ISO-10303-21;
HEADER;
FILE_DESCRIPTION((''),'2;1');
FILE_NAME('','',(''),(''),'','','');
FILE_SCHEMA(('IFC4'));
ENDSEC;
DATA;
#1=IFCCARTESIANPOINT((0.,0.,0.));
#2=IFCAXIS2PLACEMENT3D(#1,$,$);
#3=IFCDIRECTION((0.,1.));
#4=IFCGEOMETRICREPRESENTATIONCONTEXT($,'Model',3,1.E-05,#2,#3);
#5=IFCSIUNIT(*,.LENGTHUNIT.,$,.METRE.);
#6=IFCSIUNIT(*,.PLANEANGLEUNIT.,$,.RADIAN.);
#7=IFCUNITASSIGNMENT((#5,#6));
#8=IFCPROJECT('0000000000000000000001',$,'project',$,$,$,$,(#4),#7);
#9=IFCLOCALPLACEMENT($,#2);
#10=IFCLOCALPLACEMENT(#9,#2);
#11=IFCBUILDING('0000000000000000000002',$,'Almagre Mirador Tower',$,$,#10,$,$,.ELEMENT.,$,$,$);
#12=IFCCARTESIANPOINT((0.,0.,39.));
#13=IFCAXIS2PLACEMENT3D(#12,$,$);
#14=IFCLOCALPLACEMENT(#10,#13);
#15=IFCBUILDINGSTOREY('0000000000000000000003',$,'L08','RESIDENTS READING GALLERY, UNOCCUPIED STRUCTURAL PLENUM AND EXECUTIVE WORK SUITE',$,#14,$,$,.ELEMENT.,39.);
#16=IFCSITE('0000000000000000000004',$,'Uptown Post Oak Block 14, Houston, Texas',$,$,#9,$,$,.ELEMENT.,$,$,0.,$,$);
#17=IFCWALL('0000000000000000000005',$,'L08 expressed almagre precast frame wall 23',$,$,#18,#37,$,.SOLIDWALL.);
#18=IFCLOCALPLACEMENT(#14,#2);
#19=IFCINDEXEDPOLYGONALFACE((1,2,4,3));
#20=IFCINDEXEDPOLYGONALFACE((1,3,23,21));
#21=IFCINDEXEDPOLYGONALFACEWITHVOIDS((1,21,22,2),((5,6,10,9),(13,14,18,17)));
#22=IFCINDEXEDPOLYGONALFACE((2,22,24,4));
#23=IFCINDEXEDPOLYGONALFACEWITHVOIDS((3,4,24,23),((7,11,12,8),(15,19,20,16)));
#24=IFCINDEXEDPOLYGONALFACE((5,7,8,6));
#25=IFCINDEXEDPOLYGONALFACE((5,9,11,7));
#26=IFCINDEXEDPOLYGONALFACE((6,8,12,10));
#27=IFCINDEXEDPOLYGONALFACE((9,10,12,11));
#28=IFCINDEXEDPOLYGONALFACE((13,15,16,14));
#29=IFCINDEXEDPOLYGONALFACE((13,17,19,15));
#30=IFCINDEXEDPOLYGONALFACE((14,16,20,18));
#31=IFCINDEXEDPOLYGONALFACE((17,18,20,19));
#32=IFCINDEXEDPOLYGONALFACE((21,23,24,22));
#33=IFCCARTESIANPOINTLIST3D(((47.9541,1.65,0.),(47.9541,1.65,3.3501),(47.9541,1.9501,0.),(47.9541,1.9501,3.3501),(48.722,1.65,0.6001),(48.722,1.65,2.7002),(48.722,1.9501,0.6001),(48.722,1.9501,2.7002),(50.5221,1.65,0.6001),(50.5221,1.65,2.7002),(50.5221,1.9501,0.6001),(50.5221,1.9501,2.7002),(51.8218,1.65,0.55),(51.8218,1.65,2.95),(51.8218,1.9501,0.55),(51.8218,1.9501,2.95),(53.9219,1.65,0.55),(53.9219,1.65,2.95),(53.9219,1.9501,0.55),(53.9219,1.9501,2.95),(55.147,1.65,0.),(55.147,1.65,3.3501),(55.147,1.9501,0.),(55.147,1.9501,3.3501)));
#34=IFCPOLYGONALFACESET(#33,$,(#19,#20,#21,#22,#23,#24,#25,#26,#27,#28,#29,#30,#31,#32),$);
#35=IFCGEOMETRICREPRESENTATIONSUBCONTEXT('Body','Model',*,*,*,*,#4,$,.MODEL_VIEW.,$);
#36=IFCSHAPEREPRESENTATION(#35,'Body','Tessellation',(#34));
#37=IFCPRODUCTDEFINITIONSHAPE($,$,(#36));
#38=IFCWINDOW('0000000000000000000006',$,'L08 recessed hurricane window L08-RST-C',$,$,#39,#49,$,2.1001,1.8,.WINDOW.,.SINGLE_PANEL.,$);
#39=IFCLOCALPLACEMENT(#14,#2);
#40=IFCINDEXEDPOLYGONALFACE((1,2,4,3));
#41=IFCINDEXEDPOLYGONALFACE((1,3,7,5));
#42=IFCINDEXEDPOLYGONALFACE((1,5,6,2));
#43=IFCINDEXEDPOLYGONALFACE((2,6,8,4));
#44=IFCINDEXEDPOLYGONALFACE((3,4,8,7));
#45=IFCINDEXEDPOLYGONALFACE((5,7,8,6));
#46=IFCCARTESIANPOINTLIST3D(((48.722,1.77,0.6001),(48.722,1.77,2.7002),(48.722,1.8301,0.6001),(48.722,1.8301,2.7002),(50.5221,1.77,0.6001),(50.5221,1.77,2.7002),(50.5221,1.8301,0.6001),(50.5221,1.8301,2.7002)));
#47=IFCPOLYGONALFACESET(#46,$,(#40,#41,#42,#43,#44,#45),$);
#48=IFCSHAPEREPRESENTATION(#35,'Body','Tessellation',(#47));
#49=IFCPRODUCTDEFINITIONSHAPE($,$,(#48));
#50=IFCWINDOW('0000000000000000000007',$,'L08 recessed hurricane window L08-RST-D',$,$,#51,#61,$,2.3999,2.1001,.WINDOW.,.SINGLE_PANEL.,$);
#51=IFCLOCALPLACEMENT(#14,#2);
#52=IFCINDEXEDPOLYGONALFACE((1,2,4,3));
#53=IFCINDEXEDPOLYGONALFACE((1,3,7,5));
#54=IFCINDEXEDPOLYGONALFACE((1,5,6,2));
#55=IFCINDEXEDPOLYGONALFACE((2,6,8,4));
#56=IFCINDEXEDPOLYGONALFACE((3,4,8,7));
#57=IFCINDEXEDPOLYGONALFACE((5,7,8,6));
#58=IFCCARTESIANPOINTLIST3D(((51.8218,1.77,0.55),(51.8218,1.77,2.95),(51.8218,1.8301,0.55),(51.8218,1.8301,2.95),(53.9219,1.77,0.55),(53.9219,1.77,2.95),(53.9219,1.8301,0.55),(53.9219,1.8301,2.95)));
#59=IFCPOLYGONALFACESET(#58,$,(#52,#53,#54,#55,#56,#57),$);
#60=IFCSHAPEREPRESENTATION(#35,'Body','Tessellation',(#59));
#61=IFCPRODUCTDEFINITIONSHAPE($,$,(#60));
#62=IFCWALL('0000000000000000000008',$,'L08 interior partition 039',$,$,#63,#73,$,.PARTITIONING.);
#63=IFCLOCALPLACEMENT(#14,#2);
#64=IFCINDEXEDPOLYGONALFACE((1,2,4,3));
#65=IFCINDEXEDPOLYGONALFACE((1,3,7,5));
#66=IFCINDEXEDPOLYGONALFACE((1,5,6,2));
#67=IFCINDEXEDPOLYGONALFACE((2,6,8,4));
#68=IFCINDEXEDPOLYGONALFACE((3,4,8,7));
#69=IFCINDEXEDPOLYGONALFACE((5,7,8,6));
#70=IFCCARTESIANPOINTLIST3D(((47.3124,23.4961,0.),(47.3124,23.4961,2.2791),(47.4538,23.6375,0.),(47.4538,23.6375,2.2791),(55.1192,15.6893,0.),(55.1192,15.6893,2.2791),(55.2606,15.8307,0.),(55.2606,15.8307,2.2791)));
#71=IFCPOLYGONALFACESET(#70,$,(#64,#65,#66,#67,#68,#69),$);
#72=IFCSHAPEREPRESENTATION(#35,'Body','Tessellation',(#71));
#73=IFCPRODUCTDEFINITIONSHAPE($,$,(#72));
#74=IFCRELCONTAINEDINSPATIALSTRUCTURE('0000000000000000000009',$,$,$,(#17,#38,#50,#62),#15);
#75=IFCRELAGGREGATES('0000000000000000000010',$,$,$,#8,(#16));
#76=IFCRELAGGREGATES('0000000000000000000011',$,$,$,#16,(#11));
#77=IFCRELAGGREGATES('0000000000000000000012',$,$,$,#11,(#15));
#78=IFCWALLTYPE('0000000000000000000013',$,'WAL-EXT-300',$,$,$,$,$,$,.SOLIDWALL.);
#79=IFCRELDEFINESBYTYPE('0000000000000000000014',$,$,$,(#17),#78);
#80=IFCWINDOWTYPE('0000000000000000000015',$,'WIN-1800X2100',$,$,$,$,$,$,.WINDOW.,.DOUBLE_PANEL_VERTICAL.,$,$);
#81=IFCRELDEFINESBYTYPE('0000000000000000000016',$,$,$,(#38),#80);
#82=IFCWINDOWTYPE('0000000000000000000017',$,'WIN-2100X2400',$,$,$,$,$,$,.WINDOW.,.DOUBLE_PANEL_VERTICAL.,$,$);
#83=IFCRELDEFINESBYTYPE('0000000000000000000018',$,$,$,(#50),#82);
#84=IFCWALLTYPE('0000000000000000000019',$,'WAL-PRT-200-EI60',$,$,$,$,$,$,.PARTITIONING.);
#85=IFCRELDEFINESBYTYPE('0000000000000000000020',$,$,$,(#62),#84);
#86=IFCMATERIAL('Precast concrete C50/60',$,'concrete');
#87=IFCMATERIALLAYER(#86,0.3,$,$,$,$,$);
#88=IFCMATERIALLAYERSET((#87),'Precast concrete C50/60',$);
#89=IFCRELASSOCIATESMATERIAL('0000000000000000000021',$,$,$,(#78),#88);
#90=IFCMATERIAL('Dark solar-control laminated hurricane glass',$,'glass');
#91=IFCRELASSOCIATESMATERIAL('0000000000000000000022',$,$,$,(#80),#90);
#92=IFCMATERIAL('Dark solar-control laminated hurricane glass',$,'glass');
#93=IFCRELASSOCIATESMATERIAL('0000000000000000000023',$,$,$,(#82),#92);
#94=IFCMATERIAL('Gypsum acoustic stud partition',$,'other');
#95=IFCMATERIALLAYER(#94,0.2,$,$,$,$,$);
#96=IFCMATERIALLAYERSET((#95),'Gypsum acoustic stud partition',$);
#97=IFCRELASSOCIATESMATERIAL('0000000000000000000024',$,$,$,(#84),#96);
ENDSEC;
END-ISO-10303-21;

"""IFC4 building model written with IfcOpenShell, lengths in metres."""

from ifc_helpers import new_model, si_unit, direction, frame, frame_2d, origin, place, context, subcontext, project, spatial, rectangle, extrude, material, layer, layer_set, type_object, element, fill, save


model = new_model("IFC4")

# Units and contexts
model_context = context("Model", 3, precision=1e-05, world=origin(), true_north=direction((0.0, 1.0)))
body_context = subcontext(model_context, "Body", "Model", "MODEL_VIEW")
ifc_project = project(units=[si_unit("LENGTHUNIT", "METRE"), si_unit("PLANEANGLEUNIT", "RADIAN")], contexts=[model_context])

# Site, building, storey
site_placement = place(None, origin())
site = spatial("IfcSite", under=ifc_project, at=site_placement, Name="Uptown Post Oak Block 14, Houston, Texas", CompositionType="ELEMENT", RefElevation=0.0)
building_placement = place(site_placement, origin())
building = spatial("IfcBuilding", under=site, at=building_placement, Name="Almagre Mirador Tower", CompositionType="ELEMENT")
storey_placement = place(building_placement, frame((0.0, 0.0, 39.0)))
storey = spatial("IfcBuildingStorey", under=building, at=storey_placement, Name="L08", Description="RESIDENTS READING GALLERY, UNOCCUPIED STRUCTURAL PLENUM AND EXECUTIVE WORK SUITE", CompositionType="ELEMENT", Elevation=39.0)

# Shared definitions
ifc_material_1 = material(Name="Precast concrete C50/60", Category="concrete")
ifc_layer_1 = layer(ifc_material_1, 0.3)
ifc_layer_set_1 = layer_set([ifc_layer_1], Name="Precast concrete C50/60")
wall_type_1 = type_object("IfcWallType", Name="WAL-EXT-300", PredefinedType="SOLIDWALL", material=ifc_layer_set_1)

# Wall, openings, windows
wall_1_placement = place(storey_placement, frame((55.147, 1.8, 0.0), z_axis=(0.0, 0.0, 1.0), x_axis=(-1.0, 0.0, 0.0)))
wall_1 = element("IfcWall", 1, at=wall_1_placement, inside=storey, type_object=wall_type_1, Name="L08 expressed almagre precast frame wall 23", PredefinedType="SOLIDWALL", context=body_context, shape_type="SweptSolid", body=[
    extrude(rectangle(XDim=7.1929, YDim=0.3, at=frame_2d((3.5964, 0.0))), origin(), (0.0, 0.0, 1.0), 3.3501),
])
opening_1_placement = place(wall_1_placement, frame((4.625, 0.0, 0.6001)))
opening_1 = element("IfcOpeningElement", 2, at=opening_1_placement, cuts=wall_1, PredefinedType="OPENING", context=body_context, shape_type="SweptSolid", body=[
    extrude(rectangle(XDim=1.8, YDim=2.1001, at=frame_2d((0.8999, 1.05))), frame((0.0, 0.1599, 0.0), z_axis=(0.0, -1.0, 0.0), x_axis=(1.0, 0.0, 0.0)), (0.0, 0.0, 1.0), 0.32),
])
opening_2_placement = place(wall_1_placement, frame((1.2251, 0.0, 0.55)))
opening_2 = element("IfcOpeningElement", 3, at=opening_2_placement, cuts=wall_1, PredefinedType="OPENING", context=body_context, shape_type="SweptSolid", body=[
    extrude(rectangle(XDim=2.1001, YDim=2.3999, at=frame_2d((1.05, 1.2))), frame((0.0, 0.1599, 0.0), z_axis=(0.0, -1.0, 0.0), x_axis=(1.0, 0.0, 0.0)), (0.0, 0.0, 1.0), 0.32),
])
ifc_material_2 = material(Name="Dark solar-control laminated hurricane glass", Category="glass")
window_type_1 = type_object("IfcWindowType", Name="WIN-1800X2100", PartitioningType="DOUBLE_PANEL_VERTICAL", PredefinedType="WINDOW", material=ifc_material_2)
window_1_placement = place(opening_1_placement, origin())
window_1 = element("IfcWindow", 4, at=window_1_placement, inside=storey, type_object=window_type_1, Name="L08 recessed hurricane window L08-RST-C", OverallHeight=2.1001, OverallWidth=1.8, PartitioningType="SINGLE_PANEL", PredefinedType="WINDOW", context=body_context, shape_type="SweptSolid", body=[
    extrude(rectangle(XDim=1.8, YDim=2.1001, at=frame_2d((0.8999, 1.05))), frame((0.0, 0.03, 0.0), z_axis=(0.0, -1.0, 0.0), x_axis=(1.0, 0.0, 0.0)), (0.0, 0.0, 1.0), 0.0601),
])
fill(opening_1, window_1)
ifc_material_3 = material(Name="Dark solar-control laminated hurricane glass", Category="glass")
window_type_2 = type_object("IfcWindowType", Name="WIN-2100X2400", PartitioningType="DOUBLE_PANEL_VERTICAL", PredefinedType="WINDOW", material=ifc_material_3)
window_2_placement = place(opening_2_placement, origin())
window_2 = element("IfcWindow", 5, at=window_2_placement, inside=storey, type_object=window_type_2, Name="L08 recessed hurricane window L08-RST-D", OverallHeight=2.3999, OverallWidth=2.1001, PartitioningType="SINGLE_PANEL", PredefinedType="WINDOW", context=body_context, shape_type="SweptSolid", body=[
    extrude(rectangle(XDim=2.1001, YDim=2.3999, at=frame_2d((1.05, 1.2))), frame((0.0, 0.03, 0.0), z_axis=(0.0, -1.0, 0.0), x_axis=(1.0, 0.0, 0.0)), (0.0, 0.0, 1.0), 0.0601),
])
fill(opening_2, window_2)

# Wall
ifc_material_4 = material(Name="Gypsum acoustic stud partition", Category="other")
ifc_layer_2 = layer(ifc_material_4, 0.2)
ifc_layer_set_2 = layer_set([ifc_layer_2], Name="Gypsum acoustic stud partition")
wall_type_2 = type_object("IfcWallType", Name="WAL-PRT-200-EI60", PredefinedType="PARTITIONING", material=ifc_layer_set_2)
wall_2_placement = place(storey_placement, frame((55.1899, 15.76, 0.0), z_axis=(0.0, 0.0, 1.0), x_axis=(-0.707107, 0.707107, 0.0)))
element("IfcWall", 6, at=wall_2_placement, inside=storey, type_object=wall_type_2, Name="L08 interior partition 039", PredefinedType="PARTITIONING", context=body_context, shape_type="SweptSolid", body=[
    extrude(rectangle(XDim=11.0405, YDim=0.2, at=frame_2d((5.5203, 0.0))), origin(), (0.0, 0.0, 1.0), 2.2791),
])

save(model, "model.ifc")
